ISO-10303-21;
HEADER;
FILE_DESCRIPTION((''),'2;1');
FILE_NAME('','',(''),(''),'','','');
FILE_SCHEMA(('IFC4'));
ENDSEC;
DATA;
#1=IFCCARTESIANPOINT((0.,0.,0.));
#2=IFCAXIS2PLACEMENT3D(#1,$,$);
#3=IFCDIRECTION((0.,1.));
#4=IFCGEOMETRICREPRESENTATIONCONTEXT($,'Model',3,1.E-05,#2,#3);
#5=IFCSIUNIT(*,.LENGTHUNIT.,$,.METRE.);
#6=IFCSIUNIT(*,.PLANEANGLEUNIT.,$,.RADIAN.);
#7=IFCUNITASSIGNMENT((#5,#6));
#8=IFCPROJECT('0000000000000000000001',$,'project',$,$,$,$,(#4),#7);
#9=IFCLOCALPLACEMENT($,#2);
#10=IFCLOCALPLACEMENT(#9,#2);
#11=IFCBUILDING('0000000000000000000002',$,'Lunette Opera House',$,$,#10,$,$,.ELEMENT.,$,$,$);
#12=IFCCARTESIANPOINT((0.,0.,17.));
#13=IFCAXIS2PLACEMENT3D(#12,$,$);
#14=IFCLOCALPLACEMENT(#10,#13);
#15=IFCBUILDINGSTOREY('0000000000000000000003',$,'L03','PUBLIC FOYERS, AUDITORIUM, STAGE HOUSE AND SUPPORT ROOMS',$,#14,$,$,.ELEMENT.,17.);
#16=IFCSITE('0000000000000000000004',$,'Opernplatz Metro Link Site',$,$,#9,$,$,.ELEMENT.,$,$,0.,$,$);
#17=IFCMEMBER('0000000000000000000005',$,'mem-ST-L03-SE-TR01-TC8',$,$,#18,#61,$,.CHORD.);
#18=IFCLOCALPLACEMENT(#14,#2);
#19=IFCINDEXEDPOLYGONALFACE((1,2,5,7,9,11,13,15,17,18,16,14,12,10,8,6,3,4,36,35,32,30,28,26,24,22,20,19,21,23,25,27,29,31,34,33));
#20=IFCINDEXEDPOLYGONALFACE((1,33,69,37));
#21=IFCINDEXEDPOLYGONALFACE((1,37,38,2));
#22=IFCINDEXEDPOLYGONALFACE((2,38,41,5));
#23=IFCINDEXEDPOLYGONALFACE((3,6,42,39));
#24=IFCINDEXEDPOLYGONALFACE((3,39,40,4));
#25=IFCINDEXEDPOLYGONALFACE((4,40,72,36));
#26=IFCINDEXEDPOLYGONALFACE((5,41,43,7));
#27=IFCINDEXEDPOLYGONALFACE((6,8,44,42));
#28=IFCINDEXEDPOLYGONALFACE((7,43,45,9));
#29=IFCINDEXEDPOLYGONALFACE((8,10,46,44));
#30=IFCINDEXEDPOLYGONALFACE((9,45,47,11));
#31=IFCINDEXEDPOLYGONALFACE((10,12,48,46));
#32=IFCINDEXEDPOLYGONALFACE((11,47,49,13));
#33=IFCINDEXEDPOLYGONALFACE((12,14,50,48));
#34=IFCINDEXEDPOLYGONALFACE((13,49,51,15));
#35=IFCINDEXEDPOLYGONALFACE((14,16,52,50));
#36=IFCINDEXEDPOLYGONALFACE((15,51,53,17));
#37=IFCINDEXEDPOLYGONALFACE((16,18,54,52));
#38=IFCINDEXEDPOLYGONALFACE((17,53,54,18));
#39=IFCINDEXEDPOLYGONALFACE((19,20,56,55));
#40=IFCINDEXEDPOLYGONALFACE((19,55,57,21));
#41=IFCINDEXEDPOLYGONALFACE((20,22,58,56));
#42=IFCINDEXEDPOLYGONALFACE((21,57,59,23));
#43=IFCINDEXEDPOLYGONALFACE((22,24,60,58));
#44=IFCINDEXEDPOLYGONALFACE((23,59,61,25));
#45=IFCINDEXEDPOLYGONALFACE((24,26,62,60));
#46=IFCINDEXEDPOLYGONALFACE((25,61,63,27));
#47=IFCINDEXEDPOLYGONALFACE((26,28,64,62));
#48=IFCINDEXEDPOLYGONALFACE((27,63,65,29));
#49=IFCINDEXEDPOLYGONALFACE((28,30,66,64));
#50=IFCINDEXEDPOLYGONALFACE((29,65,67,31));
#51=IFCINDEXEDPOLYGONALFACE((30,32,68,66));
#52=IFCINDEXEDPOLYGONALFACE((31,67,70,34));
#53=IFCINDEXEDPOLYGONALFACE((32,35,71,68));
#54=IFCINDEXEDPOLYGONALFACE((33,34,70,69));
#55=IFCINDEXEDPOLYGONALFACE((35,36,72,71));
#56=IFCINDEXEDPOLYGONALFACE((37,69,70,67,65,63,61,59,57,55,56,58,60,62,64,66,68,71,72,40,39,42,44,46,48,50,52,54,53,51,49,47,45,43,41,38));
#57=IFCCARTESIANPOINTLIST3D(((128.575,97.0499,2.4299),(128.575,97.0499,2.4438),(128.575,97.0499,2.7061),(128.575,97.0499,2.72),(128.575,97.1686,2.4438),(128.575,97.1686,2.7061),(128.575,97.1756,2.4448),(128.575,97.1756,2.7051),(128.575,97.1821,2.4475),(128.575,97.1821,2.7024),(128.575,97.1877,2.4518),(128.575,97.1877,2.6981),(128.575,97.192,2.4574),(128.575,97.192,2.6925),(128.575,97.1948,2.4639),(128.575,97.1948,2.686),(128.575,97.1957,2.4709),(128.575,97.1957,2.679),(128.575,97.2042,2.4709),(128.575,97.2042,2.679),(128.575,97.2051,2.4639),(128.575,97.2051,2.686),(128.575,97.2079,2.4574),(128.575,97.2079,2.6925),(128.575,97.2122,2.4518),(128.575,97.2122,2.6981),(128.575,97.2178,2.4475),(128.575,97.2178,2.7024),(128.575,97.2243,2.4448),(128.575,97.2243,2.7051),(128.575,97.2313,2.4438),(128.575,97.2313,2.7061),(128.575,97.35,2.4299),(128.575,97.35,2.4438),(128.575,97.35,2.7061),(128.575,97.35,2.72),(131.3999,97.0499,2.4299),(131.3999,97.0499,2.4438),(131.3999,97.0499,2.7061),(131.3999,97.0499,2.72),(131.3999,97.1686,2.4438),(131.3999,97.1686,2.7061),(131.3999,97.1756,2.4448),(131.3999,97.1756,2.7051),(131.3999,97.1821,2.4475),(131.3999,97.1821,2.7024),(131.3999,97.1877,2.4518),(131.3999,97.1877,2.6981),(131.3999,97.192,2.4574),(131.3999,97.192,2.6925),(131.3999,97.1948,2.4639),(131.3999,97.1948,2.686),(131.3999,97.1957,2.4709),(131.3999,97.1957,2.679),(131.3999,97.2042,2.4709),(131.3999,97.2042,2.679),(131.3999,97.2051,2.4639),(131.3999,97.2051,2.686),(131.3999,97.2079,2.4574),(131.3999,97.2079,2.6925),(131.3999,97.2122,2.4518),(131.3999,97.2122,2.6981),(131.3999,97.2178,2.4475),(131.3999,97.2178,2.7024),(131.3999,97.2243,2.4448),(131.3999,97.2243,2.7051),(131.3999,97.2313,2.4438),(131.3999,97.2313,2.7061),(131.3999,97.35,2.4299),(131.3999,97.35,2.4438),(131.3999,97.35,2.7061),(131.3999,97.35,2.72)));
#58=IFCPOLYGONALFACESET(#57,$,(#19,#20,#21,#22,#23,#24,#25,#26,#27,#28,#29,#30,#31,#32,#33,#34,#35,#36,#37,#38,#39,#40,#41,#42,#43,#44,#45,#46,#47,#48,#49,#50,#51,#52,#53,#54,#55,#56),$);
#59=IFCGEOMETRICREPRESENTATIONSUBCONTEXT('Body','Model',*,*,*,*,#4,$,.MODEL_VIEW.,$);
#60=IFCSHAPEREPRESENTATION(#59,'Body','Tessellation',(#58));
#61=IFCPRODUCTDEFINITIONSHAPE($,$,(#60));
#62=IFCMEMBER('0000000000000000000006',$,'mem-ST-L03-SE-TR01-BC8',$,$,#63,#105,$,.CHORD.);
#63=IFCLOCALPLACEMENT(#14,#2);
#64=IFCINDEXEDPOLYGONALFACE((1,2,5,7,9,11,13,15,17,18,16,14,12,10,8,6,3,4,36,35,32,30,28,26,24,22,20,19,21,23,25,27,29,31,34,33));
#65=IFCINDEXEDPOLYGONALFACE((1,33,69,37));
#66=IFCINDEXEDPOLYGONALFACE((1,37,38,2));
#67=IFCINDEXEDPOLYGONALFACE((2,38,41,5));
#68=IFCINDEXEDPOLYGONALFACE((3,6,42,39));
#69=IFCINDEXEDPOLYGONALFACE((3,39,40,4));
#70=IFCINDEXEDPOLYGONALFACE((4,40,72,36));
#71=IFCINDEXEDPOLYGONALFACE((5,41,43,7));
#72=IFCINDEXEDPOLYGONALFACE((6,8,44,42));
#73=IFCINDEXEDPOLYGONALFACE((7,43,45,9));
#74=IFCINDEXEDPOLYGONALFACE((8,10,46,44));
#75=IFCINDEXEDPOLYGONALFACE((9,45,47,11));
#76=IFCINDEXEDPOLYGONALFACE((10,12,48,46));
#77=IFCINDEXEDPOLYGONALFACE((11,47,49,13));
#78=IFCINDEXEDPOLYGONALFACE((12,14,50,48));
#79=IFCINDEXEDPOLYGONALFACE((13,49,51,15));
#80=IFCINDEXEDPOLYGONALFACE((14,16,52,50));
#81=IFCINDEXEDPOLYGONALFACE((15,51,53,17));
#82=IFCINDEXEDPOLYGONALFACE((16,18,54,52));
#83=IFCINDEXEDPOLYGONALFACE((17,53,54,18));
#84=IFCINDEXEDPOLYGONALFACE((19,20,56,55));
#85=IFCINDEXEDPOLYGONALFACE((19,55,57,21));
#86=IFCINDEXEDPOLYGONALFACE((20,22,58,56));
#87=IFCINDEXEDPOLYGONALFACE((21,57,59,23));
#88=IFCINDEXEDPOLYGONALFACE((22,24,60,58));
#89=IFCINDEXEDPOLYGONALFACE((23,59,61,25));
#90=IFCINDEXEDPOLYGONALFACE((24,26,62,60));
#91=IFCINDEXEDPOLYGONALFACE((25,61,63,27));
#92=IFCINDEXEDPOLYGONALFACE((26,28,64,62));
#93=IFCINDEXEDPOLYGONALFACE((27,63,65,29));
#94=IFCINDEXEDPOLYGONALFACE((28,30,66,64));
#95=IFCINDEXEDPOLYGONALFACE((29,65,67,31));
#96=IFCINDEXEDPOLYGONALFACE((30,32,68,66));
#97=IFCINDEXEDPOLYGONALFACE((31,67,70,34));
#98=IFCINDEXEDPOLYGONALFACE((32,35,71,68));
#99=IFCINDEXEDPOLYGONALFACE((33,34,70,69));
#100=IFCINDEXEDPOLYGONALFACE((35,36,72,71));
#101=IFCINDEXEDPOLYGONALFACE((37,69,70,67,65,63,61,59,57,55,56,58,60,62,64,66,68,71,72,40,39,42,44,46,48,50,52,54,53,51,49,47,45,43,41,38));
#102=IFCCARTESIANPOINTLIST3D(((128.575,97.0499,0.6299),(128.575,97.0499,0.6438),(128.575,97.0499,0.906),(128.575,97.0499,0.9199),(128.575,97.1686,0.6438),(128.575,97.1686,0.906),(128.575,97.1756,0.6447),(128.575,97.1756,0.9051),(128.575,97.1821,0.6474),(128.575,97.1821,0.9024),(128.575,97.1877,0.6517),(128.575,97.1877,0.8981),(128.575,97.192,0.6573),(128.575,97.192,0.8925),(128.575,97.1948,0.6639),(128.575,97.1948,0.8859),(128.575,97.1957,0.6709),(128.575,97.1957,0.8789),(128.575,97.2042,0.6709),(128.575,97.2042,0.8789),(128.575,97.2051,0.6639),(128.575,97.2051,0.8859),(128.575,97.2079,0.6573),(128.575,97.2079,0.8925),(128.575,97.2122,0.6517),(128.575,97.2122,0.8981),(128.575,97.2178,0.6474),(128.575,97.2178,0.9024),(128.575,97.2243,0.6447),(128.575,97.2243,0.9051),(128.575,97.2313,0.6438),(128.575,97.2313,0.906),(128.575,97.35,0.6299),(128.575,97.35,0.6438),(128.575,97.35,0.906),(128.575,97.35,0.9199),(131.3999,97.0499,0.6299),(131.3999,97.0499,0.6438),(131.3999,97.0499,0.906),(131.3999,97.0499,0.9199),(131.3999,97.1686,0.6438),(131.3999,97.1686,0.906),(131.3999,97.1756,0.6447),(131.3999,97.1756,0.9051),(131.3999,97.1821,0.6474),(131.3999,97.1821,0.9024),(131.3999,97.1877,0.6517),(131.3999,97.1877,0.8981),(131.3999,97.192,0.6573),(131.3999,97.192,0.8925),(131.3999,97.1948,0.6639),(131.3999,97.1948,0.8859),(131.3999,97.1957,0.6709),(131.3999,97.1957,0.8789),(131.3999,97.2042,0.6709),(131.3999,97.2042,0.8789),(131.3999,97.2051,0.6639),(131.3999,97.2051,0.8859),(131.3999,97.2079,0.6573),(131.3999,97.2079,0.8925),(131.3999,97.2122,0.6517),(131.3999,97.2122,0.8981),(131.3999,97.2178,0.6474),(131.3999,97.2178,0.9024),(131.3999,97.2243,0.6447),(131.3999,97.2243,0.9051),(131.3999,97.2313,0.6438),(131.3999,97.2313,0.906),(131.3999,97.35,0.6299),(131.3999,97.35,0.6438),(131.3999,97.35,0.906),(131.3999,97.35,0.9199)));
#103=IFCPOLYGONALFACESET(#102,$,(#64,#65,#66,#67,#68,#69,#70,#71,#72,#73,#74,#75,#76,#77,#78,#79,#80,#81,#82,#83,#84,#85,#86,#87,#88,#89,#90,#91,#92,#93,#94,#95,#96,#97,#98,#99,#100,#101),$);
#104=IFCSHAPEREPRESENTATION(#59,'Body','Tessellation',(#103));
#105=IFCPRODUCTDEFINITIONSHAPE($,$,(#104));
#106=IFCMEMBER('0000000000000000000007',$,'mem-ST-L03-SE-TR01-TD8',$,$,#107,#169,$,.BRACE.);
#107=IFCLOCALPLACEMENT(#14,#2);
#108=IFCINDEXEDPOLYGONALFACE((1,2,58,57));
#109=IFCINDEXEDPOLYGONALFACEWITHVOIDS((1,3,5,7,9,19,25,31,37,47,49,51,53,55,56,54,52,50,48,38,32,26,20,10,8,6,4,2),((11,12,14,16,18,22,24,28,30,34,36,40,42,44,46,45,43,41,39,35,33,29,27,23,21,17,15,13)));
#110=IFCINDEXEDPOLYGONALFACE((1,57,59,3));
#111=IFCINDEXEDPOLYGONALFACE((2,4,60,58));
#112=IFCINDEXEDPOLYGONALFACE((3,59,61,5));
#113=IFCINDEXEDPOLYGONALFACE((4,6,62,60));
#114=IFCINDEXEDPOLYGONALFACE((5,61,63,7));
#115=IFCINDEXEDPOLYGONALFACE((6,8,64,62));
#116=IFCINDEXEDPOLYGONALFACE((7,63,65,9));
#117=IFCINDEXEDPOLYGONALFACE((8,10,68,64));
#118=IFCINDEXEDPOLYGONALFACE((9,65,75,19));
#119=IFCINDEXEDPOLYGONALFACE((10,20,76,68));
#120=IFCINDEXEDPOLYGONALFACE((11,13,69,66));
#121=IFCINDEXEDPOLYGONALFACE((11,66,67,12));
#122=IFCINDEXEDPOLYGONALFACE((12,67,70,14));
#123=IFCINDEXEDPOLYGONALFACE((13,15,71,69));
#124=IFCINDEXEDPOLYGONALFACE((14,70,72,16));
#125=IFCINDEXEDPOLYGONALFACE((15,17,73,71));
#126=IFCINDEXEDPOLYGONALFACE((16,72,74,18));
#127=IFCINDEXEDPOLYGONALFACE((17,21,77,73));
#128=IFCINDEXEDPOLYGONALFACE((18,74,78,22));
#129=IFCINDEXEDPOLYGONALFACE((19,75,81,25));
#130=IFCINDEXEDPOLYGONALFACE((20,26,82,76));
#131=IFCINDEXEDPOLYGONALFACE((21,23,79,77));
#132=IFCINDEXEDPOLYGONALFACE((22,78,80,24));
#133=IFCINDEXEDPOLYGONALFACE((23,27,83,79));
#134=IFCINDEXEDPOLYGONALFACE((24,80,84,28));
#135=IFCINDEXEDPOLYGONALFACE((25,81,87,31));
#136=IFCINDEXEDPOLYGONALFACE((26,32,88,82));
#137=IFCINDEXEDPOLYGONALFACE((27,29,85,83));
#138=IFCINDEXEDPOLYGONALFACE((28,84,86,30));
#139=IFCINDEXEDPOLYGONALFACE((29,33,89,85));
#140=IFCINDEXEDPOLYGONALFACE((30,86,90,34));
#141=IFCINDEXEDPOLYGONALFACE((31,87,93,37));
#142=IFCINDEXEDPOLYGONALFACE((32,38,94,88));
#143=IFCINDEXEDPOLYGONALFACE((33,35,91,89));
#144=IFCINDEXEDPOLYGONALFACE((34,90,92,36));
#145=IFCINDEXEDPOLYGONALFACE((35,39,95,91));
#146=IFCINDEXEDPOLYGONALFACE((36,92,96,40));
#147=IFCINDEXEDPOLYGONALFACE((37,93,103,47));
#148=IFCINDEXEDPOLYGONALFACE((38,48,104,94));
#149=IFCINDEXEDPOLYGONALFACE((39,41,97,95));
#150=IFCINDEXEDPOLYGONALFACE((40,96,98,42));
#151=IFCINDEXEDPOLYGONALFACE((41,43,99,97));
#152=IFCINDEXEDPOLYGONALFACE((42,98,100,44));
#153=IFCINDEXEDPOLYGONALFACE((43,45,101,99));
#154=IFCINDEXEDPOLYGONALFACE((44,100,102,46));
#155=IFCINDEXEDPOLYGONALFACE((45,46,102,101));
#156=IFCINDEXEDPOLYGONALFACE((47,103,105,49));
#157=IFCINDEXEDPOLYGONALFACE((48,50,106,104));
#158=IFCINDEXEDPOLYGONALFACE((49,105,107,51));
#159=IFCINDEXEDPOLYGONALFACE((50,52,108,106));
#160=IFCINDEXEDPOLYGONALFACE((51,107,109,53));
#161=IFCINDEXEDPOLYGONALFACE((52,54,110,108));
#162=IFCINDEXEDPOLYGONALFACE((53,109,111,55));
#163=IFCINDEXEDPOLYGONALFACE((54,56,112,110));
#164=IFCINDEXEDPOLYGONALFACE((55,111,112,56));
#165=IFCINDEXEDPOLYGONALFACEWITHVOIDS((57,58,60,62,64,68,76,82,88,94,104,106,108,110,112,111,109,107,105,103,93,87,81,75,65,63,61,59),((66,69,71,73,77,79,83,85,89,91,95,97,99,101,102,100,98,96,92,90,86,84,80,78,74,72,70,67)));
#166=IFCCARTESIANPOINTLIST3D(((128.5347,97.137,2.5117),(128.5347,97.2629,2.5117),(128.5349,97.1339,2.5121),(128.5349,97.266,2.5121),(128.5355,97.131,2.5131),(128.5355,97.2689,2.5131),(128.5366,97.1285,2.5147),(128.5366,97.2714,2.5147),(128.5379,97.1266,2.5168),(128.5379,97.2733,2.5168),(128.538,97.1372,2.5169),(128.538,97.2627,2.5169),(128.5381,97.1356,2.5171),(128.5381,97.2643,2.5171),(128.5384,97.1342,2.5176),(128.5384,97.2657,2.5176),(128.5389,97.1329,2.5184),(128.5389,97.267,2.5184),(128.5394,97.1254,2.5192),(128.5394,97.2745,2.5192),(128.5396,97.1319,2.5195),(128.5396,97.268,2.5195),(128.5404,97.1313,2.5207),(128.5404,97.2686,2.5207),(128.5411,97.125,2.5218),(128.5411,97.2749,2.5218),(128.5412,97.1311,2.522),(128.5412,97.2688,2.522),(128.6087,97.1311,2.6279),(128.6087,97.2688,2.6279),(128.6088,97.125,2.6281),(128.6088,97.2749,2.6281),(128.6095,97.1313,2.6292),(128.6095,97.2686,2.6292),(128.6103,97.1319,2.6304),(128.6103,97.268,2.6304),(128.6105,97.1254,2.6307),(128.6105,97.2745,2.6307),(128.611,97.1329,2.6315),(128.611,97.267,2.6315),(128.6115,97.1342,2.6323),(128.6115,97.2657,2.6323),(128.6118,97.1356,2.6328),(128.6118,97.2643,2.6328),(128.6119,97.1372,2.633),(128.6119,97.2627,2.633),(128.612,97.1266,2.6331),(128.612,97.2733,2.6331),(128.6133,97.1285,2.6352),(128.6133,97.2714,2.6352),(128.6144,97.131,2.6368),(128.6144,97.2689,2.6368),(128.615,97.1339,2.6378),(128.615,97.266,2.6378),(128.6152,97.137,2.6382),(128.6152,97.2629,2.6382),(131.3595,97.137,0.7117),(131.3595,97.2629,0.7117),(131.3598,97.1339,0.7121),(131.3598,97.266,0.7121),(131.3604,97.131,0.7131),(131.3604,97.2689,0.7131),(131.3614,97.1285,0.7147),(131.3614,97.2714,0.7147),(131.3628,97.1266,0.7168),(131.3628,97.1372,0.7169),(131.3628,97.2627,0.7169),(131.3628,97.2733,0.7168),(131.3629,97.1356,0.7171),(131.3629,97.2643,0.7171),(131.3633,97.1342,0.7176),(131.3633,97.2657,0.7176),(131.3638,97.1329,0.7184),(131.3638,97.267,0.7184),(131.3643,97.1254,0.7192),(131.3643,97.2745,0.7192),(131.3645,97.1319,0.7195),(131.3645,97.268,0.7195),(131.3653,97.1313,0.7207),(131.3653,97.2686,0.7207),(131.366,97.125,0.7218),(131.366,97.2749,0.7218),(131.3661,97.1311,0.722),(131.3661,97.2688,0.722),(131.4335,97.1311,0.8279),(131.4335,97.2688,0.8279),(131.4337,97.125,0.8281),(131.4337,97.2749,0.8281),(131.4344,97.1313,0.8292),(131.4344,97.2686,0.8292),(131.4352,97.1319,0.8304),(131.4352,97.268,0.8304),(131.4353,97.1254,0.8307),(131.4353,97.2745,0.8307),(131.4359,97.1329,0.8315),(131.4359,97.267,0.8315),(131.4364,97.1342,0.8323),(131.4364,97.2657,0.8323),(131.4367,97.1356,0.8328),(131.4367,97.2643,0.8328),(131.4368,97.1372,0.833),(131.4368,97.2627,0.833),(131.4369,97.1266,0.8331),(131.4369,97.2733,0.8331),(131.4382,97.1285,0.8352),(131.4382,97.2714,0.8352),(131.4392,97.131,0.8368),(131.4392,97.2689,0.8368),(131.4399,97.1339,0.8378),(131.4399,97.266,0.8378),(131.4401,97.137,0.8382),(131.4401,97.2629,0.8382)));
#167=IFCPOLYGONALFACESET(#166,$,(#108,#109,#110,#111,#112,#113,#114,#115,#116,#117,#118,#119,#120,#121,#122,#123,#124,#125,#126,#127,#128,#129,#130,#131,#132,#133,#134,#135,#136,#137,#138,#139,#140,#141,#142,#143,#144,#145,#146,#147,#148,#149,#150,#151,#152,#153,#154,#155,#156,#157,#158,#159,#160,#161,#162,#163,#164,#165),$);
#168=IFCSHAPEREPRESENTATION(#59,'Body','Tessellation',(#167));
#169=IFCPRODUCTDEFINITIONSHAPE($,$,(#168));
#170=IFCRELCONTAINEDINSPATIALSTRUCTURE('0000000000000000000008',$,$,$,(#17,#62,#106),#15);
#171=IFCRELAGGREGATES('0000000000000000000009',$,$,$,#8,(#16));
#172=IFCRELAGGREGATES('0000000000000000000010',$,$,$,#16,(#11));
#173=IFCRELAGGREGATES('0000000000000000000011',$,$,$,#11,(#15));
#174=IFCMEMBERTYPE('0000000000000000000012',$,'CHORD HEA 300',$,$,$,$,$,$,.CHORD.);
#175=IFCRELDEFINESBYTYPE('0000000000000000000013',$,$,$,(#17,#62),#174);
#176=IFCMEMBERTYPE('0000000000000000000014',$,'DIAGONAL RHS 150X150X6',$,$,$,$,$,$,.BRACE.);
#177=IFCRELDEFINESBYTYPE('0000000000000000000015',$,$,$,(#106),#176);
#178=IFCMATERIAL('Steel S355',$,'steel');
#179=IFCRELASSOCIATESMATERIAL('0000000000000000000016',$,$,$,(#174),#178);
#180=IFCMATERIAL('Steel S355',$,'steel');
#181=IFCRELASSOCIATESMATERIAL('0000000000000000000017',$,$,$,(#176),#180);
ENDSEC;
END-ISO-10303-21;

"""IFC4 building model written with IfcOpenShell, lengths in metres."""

from ifc_helpers import new_model, si_unit, direction, frame, origin, origin_2d, place, context, subcontext, project, spatial, hollow_rectangle, i_section, extrude, material, material_profile, profile_set, type_object, element, save


model = new_model("IFC4")

# Units and contexts
model_context = context("Model", 3, precision=1e-05, world=origin(), true_north=direction((0.0, 1.0)))
body_context = subcontext(model_context, "Body", "Model", "MODEL_VIEW")
ifc_project = project(units=[si_unit("LENGTHUNIT", "METRE"), si_unit("PLANEANGLEUNIT", "RADIAN")], contexts=[model_context])

# Site, building, storey
site_placement = place(None, origin())
site = spatial("IfcSite", under=ifc_project, at=site_placement, Name="Opernplatz Metro Link Site", CompositionType="ELEMENT", RefElevation=0.0)
building_placement = place(site_placement, origin())
building = spatial("IfcBuilding", under=site, at=building_placement, Name="Lunette Opera House", CompositionType="ELEMENT")
storey_placement = place(building_placement, frame((0.0, 0.0, 17.0)))
storey = spatial("IfcBuildingStorey", under=building, at=storey_placement, Name="L03", Description="PUBLIC FOYERS, AUDITORIUM, STAGE HOUSE AND SUPPORT ROOMS", CompositionType="ELEMENT", Elevation=17.0)

# Members
ifc_material_1 = material(Name="Steel S355", Category="steel")
ifc_material_profile_1 = material_profile(ifc_material_1, i_section(OverallWidth=0.3, OverallDepth=0.29, WebThickness=0.0085, FlangeThickness=0.0139, FilletRadius=0.0271, at=origin_2d()), Name="HEA 300")
ifc_profile_set_1 = profile_set([ifc_material_profile_1], Name="Steel S355")
member_type_1 = type_object("IfcMemberType", Name="CHORD HEA 300", PredefinedType="CHORD", material=ifc_profile_set_1)
for number, where, z_axis, x_axis, name in (
    (1, (128.575, 97.2, 2.575), (1.0, 0.0, 0.0), (0.0, 1.0, 0.0), "mem-ST-L03-SE-TR01-TC8"),
    (2, (128.575, 97.2, 0.7749), (1.0, 0.0, 0.0), (0.0, 1.0, 0.0), "mem-ST-L03-SE-TR01-BC8"),
):
    element("IfcMember", number, at=place(storey_placement, frame(where, z_axis=z_axis, x_axis=x_axis)), inside=storey, type_object=member_type_1, Name=name, PredefinedType="CHORD", context=body_context, shape_type="SweptSolid", body=[
        extrude(i_section(OverallWidth=0.3, OverallDepth=0.29, WebThickness=0.0085, FlangeThickness=0.0139, FilletRadius=0.0271, at=origin_2d()), origin(), (0.0, 0.0, 1.0), 2.825),
    ])
ifc_material_2 = material(Name="Steel S355", Category="steel")
ifc_material_profile_2 = material_profile(ifc_material_2, hollow_rectangle(XDim=0.1499, YDim=0.1499, WallThickness=0.0061, InnerFilletRadius=0.0061, OuterFilletRadius=0.012, at=origin_2d()), Name="RHS 150X150X6")
ifc_profile_set_2 = profile_set([ifc_material_profile_2], Name="Steel S355")
member_type_2 = type_object("IfcMemberType", Name="DIAGONAL RHS 150X150X6", PredefinedType="BRACE", material=ifc_profile_set_2)
member_1_placement = place(storey_placement, frame((128.575, 97.2, 2.575), z_axis=(0.843343, 0.0, -0.537375), x_axis=(0.0, 1.0, 0.0)))
element("IfcMember", 3, at=member_1_placement, inside=storey, type_object=member_type_2, Name="mem-ST-L03-SE-TR01-TD8", PredefinedType="BRACE", context=body_context, shape_type="SweptSolid", body=[
    extrude(hollow_rectangle(XDim=0.1499, YDim=0.1499, WallThickness=0.0061, InnerFilletRadius=0.0061, OuterFilletRadius=0.012, at=origin_2d()), origin(), (0.0, 0.0, 1.0), 3.3496),
])

save(model, "model.ifc")
